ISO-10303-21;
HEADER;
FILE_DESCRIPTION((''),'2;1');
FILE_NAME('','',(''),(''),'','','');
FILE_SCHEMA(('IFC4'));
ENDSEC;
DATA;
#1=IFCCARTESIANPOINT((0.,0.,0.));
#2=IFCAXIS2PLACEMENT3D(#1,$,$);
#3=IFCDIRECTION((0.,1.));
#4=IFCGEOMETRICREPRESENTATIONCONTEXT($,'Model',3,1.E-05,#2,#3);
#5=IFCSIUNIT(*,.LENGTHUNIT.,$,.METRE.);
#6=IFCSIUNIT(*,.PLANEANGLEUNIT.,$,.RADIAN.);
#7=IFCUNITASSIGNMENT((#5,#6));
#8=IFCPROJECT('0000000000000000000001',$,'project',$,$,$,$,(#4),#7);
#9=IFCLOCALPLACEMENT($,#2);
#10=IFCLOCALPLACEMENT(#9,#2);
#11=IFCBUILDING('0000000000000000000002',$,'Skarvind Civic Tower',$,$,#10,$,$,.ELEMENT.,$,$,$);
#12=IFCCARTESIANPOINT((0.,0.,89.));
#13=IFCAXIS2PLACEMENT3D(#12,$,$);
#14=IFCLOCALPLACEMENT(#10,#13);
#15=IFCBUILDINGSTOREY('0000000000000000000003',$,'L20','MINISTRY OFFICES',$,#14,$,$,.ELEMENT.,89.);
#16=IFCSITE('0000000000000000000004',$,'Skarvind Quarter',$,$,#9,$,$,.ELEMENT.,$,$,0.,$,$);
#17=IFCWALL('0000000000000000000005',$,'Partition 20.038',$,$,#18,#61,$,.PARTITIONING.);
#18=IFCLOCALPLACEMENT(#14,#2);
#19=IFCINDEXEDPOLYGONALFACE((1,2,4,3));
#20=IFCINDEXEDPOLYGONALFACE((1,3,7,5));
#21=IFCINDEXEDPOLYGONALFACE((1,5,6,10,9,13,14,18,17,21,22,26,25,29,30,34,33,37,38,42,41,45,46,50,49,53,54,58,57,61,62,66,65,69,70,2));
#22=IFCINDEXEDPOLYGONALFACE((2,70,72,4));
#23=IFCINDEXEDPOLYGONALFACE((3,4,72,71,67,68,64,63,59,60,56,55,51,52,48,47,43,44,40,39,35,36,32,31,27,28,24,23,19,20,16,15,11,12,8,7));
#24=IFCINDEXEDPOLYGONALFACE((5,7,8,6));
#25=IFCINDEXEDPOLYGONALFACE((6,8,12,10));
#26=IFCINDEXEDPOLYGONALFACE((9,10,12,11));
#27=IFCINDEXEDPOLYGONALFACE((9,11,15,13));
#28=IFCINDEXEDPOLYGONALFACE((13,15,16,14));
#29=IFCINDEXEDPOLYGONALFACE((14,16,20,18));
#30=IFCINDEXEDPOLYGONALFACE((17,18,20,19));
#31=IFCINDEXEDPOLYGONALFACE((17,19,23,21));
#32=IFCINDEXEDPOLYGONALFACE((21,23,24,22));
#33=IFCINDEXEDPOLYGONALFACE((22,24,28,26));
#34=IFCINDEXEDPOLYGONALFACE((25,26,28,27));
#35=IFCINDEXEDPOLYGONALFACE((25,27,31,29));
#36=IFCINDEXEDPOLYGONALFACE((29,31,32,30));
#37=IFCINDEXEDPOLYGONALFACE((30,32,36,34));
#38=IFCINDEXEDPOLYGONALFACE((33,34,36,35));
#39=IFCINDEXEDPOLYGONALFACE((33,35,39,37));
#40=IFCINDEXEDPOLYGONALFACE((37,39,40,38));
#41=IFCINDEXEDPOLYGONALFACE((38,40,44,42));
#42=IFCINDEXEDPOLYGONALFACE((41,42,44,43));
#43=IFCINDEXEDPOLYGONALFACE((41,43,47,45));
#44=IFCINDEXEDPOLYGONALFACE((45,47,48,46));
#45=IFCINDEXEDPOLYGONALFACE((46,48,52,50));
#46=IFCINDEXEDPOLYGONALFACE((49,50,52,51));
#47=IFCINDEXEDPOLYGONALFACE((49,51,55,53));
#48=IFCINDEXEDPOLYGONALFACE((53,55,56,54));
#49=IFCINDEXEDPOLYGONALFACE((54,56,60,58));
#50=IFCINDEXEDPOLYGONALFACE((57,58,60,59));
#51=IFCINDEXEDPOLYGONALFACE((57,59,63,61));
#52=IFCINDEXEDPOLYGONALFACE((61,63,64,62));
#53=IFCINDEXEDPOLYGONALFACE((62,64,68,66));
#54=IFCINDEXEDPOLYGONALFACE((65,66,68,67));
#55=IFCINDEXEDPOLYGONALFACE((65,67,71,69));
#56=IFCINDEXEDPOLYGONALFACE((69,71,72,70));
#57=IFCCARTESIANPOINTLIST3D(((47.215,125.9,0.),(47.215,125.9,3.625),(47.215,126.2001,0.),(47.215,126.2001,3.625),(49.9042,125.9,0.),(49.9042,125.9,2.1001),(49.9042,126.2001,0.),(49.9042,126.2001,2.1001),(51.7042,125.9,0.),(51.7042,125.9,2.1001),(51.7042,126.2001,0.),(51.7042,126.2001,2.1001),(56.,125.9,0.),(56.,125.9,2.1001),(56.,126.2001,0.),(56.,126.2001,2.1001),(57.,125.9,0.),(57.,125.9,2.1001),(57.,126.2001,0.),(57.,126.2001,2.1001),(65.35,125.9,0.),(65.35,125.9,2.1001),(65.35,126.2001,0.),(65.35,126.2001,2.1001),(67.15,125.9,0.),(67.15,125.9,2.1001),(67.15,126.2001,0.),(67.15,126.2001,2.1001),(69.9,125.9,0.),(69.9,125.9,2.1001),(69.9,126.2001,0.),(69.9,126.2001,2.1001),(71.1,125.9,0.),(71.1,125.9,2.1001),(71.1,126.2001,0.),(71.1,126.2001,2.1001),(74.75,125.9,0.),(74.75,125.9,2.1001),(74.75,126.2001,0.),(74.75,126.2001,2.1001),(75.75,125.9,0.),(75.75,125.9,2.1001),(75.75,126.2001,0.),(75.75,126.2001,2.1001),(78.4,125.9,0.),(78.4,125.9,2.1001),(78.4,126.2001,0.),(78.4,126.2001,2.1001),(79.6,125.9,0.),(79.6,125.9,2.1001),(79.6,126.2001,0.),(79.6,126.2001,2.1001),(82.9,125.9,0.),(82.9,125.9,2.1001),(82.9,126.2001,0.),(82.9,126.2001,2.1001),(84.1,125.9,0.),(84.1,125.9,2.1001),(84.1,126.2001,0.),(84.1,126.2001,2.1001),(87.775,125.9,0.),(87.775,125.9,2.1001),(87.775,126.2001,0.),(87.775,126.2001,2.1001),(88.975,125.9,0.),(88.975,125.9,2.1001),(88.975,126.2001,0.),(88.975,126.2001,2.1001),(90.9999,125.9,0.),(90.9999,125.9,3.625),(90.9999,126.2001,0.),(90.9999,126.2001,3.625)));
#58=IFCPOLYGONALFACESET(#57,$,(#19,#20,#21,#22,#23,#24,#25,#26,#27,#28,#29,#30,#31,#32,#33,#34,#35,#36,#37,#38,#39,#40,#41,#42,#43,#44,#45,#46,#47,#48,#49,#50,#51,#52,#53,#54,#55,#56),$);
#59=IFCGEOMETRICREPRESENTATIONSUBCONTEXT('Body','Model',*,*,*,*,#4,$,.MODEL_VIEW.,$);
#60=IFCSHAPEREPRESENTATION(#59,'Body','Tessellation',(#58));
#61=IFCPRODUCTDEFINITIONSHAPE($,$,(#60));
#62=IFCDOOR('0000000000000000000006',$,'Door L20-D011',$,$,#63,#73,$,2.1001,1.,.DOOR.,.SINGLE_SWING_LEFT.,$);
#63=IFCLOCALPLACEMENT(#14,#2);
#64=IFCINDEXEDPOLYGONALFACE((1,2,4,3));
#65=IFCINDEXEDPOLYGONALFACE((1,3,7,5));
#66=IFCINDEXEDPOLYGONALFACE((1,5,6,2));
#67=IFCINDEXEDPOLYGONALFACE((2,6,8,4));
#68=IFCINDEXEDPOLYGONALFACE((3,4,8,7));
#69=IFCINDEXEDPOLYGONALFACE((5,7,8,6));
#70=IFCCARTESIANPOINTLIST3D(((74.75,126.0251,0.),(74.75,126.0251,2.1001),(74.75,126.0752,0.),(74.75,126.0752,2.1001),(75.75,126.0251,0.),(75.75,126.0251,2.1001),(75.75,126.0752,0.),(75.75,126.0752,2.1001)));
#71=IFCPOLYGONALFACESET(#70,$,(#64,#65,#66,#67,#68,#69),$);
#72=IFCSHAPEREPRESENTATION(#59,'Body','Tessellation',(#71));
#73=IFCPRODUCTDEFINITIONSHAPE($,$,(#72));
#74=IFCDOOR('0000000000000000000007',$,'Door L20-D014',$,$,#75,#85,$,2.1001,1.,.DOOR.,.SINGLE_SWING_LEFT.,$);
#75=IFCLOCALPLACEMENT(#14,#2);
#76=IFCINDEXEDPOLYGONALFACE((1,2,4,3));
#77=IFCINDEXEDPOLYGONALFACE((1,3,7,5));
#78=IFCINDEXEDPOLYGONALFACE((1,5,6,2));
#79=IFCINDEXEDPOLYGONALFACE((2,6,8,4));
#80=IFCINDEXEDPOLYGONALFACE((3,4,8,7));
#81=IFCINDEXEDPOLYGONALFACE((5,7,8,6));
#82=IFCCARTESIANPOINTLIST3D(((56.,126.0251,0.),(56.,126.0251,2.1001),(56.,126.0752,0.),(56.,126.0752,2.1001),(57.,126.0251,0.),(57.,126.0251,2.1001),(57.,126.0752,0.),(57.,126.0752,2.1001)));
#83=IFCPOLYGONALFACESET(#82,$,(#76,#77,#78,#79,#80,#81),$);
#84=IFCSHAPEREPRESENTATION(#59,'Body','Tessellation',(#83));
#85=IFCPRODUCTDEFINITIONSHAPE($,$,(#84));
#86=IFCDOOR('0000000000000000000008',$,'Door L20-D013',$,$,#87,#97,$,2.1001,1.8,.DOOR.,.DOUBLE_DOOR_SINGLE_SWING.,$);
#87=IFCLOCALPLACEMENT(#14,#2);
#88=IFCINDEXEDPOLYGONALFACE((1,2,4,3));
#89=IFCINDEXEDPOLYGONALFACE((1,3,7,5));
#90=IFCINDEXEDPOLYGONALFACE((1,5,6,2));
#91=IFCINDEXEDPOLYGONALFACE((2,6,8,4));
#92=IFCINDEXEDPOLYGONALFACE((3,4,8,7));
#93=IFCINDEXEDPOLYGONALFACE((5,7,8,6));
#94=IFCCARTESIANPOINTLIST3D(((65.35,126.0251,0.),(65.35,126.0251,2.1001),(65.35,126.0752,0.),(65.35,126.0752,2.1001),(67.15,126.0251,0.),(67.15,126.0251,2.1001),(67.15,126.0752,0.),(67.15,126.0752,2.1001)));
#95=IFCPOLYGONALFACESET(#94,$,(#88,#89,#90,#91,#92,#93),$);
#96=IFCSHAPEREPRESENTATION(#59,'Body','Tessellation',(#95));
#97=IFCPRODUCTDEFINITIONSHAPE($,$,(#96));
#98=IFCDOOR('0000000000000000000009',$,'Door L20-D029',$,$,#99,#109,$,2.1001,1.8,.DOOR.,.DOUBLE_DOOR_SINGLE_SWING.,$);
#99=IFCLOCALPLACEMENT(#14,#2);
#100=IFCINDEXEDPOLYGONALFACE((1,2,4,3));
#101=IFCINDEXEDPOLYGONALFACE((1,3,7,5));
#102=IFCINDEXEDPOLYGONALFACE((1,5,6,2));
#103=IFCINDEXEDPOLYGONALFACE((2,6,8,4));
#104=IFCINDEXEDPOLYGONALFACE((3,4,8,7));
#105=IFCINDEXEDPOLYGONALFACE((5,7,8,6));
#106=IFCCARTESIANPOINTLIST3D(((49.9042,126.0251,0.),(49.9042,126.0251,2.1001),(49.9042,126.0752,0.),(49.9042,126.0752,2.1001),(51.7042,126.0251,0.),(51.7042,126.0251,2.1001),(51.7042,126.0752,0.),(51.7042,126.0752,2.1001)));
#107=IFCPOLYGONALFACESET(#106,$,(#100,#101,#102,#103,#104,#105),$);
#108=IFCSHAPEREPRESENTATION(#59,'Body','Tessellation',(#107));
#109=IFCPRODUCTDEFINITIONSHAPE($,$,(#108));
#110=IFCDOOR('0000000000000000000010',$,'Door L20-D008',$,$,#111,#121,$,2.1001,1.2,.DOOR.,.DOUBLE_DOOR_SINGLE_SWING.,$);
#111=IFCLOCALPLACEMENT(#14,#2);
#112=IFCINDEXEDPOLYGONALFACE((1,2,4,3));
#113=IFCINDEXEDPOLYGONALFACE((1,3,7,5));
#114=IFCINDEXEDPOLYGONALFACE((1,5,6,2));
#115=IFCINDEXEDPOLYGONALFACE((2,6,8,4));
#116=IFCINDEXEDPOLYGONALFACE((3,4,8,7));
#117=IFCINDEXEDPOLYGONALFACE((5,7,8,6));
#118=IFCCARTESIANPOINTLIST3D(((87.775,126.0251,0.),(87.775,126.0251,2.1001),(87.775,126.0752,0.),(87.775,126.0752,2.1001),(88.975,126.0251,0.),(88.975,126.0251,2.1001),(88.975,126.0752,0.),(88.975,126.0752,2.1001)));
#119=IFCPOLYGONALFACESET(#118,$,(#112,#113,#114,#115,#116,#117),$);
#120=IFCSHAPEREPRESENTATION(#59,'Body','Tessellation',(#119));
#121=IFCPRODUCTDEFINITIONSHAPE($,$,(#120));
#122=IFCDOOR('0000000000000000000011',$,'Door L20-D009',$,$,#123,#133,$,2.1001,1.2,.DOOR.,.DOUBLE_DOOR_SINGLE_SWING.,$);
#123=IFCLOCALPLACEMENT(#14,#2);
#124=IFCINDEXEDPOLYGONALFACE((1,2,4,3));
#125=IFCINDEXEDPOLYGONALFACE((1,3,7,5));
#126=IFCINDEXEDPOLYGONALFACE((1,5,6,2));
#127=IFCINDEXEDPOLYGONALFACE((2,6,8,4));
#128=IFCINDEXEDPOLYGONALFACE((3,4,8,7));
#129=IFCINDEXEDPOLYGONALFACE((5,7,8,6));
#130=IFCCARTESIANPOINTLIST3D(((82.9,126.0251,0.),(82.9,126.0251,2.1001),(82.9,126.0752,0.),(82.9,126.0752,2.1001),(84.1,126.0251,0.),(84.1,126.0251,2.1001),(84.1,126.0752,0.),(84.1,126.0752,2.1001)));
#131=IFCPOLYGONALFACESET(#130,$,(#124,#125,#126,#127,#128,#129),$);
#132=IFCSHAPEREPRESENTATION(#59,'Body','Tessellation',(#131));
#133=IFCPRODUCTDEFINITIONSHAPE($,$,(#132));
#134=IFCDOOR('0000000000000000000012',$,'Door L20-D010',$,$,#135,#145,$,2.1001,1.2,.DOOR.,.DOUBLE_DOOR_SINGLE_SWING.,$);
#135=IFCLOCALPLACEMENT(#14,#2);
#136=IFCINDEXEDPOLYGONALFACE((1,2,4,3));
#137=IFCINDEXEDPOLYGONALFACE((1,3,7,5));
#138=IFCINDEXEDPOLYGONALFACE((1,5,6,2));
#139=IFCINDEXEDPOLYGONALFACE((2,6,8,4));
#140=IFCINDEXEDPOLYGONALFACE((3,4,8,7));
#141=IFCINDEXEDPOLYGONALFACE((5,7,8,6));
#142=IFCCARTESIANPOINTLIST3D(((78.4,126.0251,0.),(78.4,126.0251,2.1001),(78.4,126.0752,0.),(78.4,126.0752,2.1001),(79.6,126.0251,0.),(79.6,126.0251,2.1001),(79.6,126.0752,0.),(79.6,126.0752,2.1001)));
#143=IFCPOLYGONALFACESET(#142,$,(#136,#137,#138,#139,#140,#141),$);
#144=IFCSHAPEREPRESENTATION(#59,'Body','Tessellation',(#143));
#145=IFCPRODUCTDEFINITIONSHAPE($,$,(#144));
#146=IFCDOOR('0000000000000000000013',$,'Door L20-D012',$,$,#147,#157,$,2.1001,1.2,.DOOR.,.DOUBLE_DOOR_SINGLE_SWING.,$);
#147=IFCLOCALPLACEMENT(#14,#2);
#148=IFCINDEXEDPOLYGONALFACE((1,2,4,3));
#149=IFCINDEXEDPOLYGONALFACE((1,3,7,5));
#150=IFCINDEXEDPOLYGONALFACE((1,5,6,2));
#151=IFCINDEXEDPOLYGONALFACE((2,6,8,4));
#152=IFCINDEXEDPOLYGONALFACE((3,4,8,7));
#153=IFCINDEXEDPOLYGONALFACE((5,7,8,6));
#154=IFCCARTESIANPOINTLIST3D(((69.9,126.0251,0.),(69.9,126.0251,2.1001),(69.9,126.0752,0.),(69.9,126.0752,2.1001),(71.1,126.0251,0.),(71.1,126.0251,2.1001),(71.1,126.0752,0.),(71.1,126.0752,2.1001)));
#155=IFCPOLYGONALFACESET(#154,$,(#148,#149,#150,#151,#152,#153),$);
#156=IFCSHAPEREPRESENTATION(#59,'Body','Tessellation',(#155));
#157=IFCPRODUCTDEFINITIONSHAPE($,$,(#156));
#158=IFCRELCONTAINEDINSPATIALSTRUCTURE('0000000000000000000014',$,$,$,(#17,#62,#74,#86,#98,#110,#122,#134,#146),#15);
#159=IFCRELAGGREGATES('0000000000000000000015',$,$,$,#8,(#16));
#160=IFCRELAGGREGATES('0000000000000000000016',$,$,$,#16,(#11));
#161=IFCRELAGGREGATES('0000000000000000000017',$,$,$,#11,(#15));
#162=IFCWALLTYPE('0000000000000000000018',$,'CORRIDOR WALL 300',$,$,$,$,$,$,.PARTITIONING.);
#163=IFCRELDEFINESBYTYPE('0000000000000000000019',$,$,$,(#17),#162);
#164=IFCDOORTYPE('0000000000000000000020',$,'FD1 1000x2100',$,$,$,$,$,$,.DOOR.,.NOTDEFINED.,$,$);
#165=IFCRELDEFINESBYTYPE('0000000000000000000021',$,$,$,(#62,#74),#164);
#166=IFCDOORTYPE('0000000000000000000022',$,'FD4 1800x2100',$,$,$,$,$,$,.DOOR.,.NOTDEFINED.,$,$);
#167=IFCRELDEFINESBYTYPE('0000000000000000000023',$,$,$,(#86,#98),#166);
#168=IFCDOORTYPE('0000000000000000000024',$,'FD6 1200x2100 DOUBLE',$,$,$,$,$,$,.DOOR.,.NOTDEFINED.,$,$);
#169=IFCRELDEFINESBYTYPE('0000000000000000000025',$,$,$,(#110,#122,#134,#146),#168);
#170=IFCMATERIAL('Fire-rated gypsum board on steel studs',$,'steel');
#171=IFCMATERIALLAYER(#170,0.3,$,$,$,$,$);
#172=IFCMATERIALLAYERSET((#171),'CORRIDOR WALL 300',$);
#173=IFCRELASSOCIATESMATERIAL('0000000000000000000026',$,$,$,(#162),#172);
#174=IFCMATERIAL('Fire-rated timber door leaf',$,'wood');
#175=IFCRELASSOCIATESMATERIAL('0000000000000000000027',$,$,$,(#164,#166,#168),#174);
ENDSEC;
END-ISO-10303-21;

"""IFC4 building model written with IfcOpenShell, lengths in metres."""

from ifc_helpers import new_model, si_unit, direction, frame, frame_2d, origin, place, context, subcontext, project, spatial, rectangle, extrude, material, layer, layer_set, type_object, element, fill, save


model = new_model("IFC4")

# Units and contexts
model_context = context("Model", 3, precision=1e-05, world=origin(), true_north=direction((0.0, 1.0)))
body_context = subcontext(model_context, "Body", "Model", "MODEL_VIEW")
ifc_project = project(units=[si_unit("LENGTHUNIT", "METRE"), si_unit("PLANEANGLEUNIT", "RADIAN")], contexts=[model_context])

# Site, building, storey
site_placement = place(None, origin())
site = spatial("IfcSite", under=ifc_project, at=site_placement, Name="Skarvind Quarter", CompositionType="ELEMENT", RefElevation=0.0)
building_placement = place(site_placement, origin())
building = spatial("IfcBuilding", under=site, at=building_placement, Name="Skarvind Civic Tower", CompositionType="ELEMENT")
storey_placement = place(building_placement, frame((0.0, 0.0, 89.0)))
storey = spatial("IfcBuildingStorey", under=building, at=storey_placement, Name="L20", Description="MINISTRY OFFICES", CompositionType="ELEMENT", Elevation=89.0)

# Wall, openings, doors
ifc_material_1 = material(Name="Fire-rated gypsum board on steel studs", Category="steel")
ifc_layer_1 = layer(ifc_material_1, 0.3)
ifc_layer_set_1 = layer_set([ifc_layer_1], Name="CORRIDOR WALL 300")
wall_type_1 = type_object("IfcWallType", Name="CORRIDOR WALL 300", PredefinedType="PARTITIONING", material=ifc_layer_set_1)
wall_1_placement = place(storey_placement, frame((91.0, 126.05, 0.0), z_axis=(0.0, 0.0, 1.0), x_axis=(-1.0, 0.0, 0.0)))
wall_1 = element("IfcWall", 1, at=wall_1_placement, inside=storey, type_object=wall_type_1, Name="Partition 20.038", PredefinedType="PARTITIONING", context=body_context, shape_type="SweptSolid", body=[
    extrude(rectangle(XDim=43.7849, YDim=0.3, at=frame_2d((21.8926, 0.0))), origin(), (0.0, 0.0, 1.0), 3.625),
])
opening_1_placement = place(wall_1_placement, frame((2.0249, 0.0, 0.0)))
opening_1 = element("IfcOpeningElement", 2, at=opening_1_placement, cuts=wall_1, PredefinedType="OPENING", context=body_context, shape_type="SweptSolid", body=[
    extrude(rectangle(XDim=1.2, YDim=2.1001, at=frame_2d((0.6001, 1.05))), frame((0.0, 0.1599, 0.0), z_axis=(0.0, -1.0, 0.0), x_axis=(1.0, 0.0, 0.0)), (0.0, 0.0, 1.0), 0.3201),
])
opening_2_placement = place(wall_1_placement, frame((6.8999, 0.0, 0.0)))
opening_2 = element("IfcOpeningElement", 3, at=opening_2_placement, cuts=wall_1, PredefinedType="OPENING", context=body_context, shape_type="SweptSolid", body=[
    extrude(rectangle(XDim=1.2, YDim=2.1001, at=frame_2d((0.6001, 1.05))), frame((0.0, 0.1599, 0.0), z_axis=(0.0, -1.0, 0.0), x_axis=(1.0, 0.0, 0.0)), (0.0, 0.0, 1.0), 0.3201),
])
opening_3_placement = place(wall_1_placement, frame((11.3999, 0.0, 0.0)))
opening_3 = element("IfcOpeningElement", 4, at=opening_3_placement, cuts=wall_1, PredefinedType="OPENING", context=body_context, shape_type="SweptSolid", body=[
    extrude(rectangle(XDim=1.2, YDim=2.1001, at=frame_2d((0.6001, 1.05))), frame((0.0, 0.1599, 0.0), z_axis=(0.0, -1.0, 0.0), x_axis=(1.0, 0.0, 0.0)), (0.0, 0.0, 1.0), 0.3201),
])
opening_4_placement = place(wall_1_placement, frame((15.25, 0.0, 0.0)))
opening_4 = element("IfcOpeningElement", 5, at=opening_4_placement, cuts=wall_1, PredefinedType="OPENING", context=body_context, shape_type="SweptSolid", body=[
    extrude(rectangle(XDim=1.0, YDim=2.1001, at=frame_2d((0.5, 1.05))), frame((0.0, 0.1599, 0.0), z_axis=(0.0, -1.0, 0.0), x_axis=(1.0, 0.0, 0.0)), (0.0, 0.0, 1.0), 0.3201),
])
opening_5_placement = place(wall_1_placement, frame((19.8999, 0.0, 0.0)))
opening_5 = element("IfcOpeningElement", 6, at=opening_5_placement, cuts=wall_1, PredefinedType="OPENING", context=body_context, shape_type="SweptSolid", body=[
    extrude(rectangle(XDim=1.2, YDim=2.1001, at=frame_2d((0.6001, 1.05))), frame((0.0, 0.1599, 0.0), z_axis=(0.0, -1.0, 0.0), x_axis=(1.0, 0.0, 0.0)), (0.0, 0.0, 1.0), 0.3201),
])
opening_6_placement = place(wall_1_placement, frame((23.8501, 0.0, 0.0)))
opening_6 = element("IfcOpeningElement", 7, at=opening_6_placement, cuts=wall_1, PredefinedType="OPENING", context=body_context, shape_type="SweptSolid", body=[
    extrude(rectangle(XDim=1.8, YDim=2.1001, at=frame_2d((0.8999, 1.05))), frame((0.0, 0.1599, 0.0), z_axis=(0.0, -1.0, 0.0), x_axis=(1.0, 0.0, 0.0)), (0.0, 0.0, 1.0), 0.3201),
])
opening_7_placement = place(wall_1_placement, frame((34.0, 0.0, 0.0)))
opening_7 = element("IfcOpeningElement", 8, at=opening_7_placement, cuts=wall_1, PredefinedType="OPENING", context=body_context, shape_type="SweptSolid", body=[
    extrude(rectangle(XDim=1.0, YDim=2.1001, at=frame_2d((0.5, 1.05))), frame((0.0, 0.1599, 0.0), z_axis=(0.0, -1.0, 0.0), x_axis=(1.0, 0.0, 0.0)), (0.0, 0.0, 1.0), 0.3201),
])
opening_8_placement = place(wall_1_placement, frame((39.2959, 0.0, 0.0)))
opening_8 = element("IfcOpeningElement", 9, at=opening_8_placement, cuts=wall_1, PredefinedType="OPENING", context=body_context, shape_type="SweptSolid", body=[
    extrude(rectangle(XDim=1.8, YDim=2.1001, at=frame_2d((0.8999, 1.05))), frame((0.0, 0.1599, 0.0), z_axis=(0.0, -1.0, 0.0), x_axis=(1.0, 0.0, 0.0)), (0.0, 0.0, 1.0), 0.3201),
])
ifc_material_2 = material(Name="Fire-rated timber door leaf", Category="wood")
door_type_1 = type_object("IfcDoorType", Name="FD1 1000x2100", OperationType="NOTDEFINED", PredefinedType="DOOR", material=ifc_material_2)
door_1_placement = place(opening_4_placement, origin())
door_1 = element("IfcDoor", 10, at=door_1_placement, inside=storey, type_object=door_type_1, Name="Door L20-D011", OperationType="SINGLE_SWING_LEFT", OverallHeight=2.1001, OverallWidth=1.0, PredefinedType="DOOR", context=body_context, shape_type="SweptSolid", body=[
    extrude(rectangle(XDim=1.0, YDim=2.1001, at=frame_2d((0.5, 1.05))), frame((0.0, 0.0249, 0.0), z_axis=(0.0, -1.0, 0.0), x_axis=(1.0, 0.0, 0.0)), (0.0, 0.0, 1.0), 0.05),
])
fill(opening_4, door_1)
door_2_placement = place(opening_7_placement, origin())
door_2 = element("IfcDoor", 11, at=door_2_placement, inside=storey, type_object=door_type_1, Name="Door L20-D014", OperationType="SINGLE_SWING_LEFT", OverallHeight=2.1001, OverallWidth=1.0, PredefinedType="DOOR", context=body_context, shape_type="SweptSolid", body=[
    extrude(rectangle(XDim=1.0, YDim=2.1001, at=frame_2d((0.5, 1.05))), frame((0.0, 0.0249, 0.0), z_axis=(0.0, -1.0, 0.0), x_axis=(1.0, 0.0, 0.0)), (0.0, 0.0, 1.0), 0.05),
])
fill(opening_7, door_2)
door_type_2 = type_object("IfcDoorType", Name="FD4 1800x2100", OperationType="NOTDEFINED", PredefinedType="DOOR", material=ifc_material_2)
door_3_placement = place(opening_6_placement, origin())
door_3 = element("IfcDoor", 12, at=door_3_placement, inside=storey, type_object=door_type_2, Name="Door L20-D013", OperationType="DOUBLE_DOOR_SINGLE_SWING", OverallHeight=2.1001, OverallWidth=1.8, PredefinedType="DOOR", context=body_context, shape_type="SweptSolid", body=[
    extrude(rectangle(XDim=1.8, YDim=2.1001, at=frame_2d((0.8999, 1.05))), frame((0.0, 0.0249, 0.0), z_axis=(0.0, -1.0, 0.0), x_axis=(1.0, 0.0, 0.0)), (0.0, 0.0, 1.0), 0.05),
])
fill(opening_6, door_3)
door_4_placement = place(opening_8_placement, origin())
door_4 = element("IfcDoor", 13, at=door_4_placement, inside=storey, type_object=door_type_2, Name="Door L20-D029", OperationType="DOUBLE_DOOR_SINGLE_SWING", OverallHeight=2.1001, OverallWidth=1.8, PredefinedType="DOOR", context=body_context, shape_type="SweptSolid", body=[
    extrude(rectangle(XDim=1.8, YDim=2.1001, at=frame_2d((0.8999, 1.05))), frame((0.0, 0.0249, 0.0), z_axis=(0.0, -1.0, 0.0), x_axis=(1.0, 0.0, 0.0)), (0.0, 0.0, 1.0), 0.05),
])
fill(opening_8, door_4)
door_type_3 = type_object("IfcDoorType", Name="FD6 1200x2100 DOUBLE", OperationType="NOTDEFINED", PredefinedType="DOOR", material=ifc_material_2)
door_5_placement = place(opening_1_placement, origin())
door_5 = element("IfcDoor", 14, at=door_5_placement, inside=storey, type_object=door_type_3, Name="Door L20-D008", OperationType="DOUBLE_DOOR_SINGLE_SWING", OverallHeight=2.1001, OverallWidth=1.2, PredefinedType="DOOR", context=body_context, shape_type="SweptSolid", body=[
    extrude(rectangle(XDim=1.2, YDim=2.1001, at=frame_2d((0.6001, 1.05))), frame((0.0, 0.0249, 0.0), z_axis=(0.0, -1.0, 0.0), x_axis=(1.0, 0.0, 0.0)), (0.0, 0.0, 1.0), 0.05),
])
fill(opening_1, door_5)
door_6_placement = place(opening_2_placement, origin())
door_6 = element("IfcDoor", 15, at=door_6_placement, inside=storey, type_object=door_type_3, Name="Door L20-D009", OperationType="DOUBLE_DOOR_SINGLE_SWING", OverallHeight=2.1001, OverallWidth=1.2, PredefinedType="DOOR", context=body_context, shape_type="SweptSolid", body=[
    extrude(rectangle(XDim=1.2, YDim=2.1001, at=frame_2d((0.6001, 1.05))), frame((0.0, 0.0249, 0.0), z_axis=(0.0, -1.0, 0.0), x_axis=(1.0, 0.0, 0.0)), (0.0, 0.0, 1.0), 0.05),
])
fill(opening_2, door_6)
door_7_placement = place(opening_3_placement, origin())
door_7 = element("IfcDoor", 16, at=door_7_placement, inside=storey, type_object=door_type_3, Name="Door L20-D010", OperationType="DOUBLE_DOOR_SINGLE_SWING", OverallHeight=2.1001, OverallWidth=1.2, PredefinedType="DOOR", context=body_context, shape_type="SweptSolid", body=[
    extrude(rectangle(XDim=1.2, YDim=2.1001, at=frame_2d((0.6001, 1.05))), frame((0.0, 0.0249, 0.0), z_axis=(0.0, -1.0, 0.0), x_axis=(1.0, 0.0, 0.0)), (0.0, 0.0, 1.0), 0.05),
])
fill(opening_3, door_7)
door_8_placement = place(opening_5_placement, origin())
door_8 = element("IfcDoor", 17, at=door_8_placement, inside=storey, type_object=door_type_3, Name="Door L20-D012", OperationType="DOUBLE_DOOR_SINGLE_SWING", OverallHeight=2.1001, OverallWidth=1.2, PredefinedType="DOOR", context=body_context, shape_type="SweptSolid", body=[
    extrude(rectangle(XDim=1.2, YDim=2.1001, at=frame_2d((0.6001, 1.05))), frame((0.0, 0.0249, 0.0), z_axis=(0.0, -1.0, 0.0), x_axis=(1.0, 0.0, 0.0)), (0.0, 0.0, 1.0), 0.05),
])
fill(opening_5, door_8)

save(model, "model.ifc")
